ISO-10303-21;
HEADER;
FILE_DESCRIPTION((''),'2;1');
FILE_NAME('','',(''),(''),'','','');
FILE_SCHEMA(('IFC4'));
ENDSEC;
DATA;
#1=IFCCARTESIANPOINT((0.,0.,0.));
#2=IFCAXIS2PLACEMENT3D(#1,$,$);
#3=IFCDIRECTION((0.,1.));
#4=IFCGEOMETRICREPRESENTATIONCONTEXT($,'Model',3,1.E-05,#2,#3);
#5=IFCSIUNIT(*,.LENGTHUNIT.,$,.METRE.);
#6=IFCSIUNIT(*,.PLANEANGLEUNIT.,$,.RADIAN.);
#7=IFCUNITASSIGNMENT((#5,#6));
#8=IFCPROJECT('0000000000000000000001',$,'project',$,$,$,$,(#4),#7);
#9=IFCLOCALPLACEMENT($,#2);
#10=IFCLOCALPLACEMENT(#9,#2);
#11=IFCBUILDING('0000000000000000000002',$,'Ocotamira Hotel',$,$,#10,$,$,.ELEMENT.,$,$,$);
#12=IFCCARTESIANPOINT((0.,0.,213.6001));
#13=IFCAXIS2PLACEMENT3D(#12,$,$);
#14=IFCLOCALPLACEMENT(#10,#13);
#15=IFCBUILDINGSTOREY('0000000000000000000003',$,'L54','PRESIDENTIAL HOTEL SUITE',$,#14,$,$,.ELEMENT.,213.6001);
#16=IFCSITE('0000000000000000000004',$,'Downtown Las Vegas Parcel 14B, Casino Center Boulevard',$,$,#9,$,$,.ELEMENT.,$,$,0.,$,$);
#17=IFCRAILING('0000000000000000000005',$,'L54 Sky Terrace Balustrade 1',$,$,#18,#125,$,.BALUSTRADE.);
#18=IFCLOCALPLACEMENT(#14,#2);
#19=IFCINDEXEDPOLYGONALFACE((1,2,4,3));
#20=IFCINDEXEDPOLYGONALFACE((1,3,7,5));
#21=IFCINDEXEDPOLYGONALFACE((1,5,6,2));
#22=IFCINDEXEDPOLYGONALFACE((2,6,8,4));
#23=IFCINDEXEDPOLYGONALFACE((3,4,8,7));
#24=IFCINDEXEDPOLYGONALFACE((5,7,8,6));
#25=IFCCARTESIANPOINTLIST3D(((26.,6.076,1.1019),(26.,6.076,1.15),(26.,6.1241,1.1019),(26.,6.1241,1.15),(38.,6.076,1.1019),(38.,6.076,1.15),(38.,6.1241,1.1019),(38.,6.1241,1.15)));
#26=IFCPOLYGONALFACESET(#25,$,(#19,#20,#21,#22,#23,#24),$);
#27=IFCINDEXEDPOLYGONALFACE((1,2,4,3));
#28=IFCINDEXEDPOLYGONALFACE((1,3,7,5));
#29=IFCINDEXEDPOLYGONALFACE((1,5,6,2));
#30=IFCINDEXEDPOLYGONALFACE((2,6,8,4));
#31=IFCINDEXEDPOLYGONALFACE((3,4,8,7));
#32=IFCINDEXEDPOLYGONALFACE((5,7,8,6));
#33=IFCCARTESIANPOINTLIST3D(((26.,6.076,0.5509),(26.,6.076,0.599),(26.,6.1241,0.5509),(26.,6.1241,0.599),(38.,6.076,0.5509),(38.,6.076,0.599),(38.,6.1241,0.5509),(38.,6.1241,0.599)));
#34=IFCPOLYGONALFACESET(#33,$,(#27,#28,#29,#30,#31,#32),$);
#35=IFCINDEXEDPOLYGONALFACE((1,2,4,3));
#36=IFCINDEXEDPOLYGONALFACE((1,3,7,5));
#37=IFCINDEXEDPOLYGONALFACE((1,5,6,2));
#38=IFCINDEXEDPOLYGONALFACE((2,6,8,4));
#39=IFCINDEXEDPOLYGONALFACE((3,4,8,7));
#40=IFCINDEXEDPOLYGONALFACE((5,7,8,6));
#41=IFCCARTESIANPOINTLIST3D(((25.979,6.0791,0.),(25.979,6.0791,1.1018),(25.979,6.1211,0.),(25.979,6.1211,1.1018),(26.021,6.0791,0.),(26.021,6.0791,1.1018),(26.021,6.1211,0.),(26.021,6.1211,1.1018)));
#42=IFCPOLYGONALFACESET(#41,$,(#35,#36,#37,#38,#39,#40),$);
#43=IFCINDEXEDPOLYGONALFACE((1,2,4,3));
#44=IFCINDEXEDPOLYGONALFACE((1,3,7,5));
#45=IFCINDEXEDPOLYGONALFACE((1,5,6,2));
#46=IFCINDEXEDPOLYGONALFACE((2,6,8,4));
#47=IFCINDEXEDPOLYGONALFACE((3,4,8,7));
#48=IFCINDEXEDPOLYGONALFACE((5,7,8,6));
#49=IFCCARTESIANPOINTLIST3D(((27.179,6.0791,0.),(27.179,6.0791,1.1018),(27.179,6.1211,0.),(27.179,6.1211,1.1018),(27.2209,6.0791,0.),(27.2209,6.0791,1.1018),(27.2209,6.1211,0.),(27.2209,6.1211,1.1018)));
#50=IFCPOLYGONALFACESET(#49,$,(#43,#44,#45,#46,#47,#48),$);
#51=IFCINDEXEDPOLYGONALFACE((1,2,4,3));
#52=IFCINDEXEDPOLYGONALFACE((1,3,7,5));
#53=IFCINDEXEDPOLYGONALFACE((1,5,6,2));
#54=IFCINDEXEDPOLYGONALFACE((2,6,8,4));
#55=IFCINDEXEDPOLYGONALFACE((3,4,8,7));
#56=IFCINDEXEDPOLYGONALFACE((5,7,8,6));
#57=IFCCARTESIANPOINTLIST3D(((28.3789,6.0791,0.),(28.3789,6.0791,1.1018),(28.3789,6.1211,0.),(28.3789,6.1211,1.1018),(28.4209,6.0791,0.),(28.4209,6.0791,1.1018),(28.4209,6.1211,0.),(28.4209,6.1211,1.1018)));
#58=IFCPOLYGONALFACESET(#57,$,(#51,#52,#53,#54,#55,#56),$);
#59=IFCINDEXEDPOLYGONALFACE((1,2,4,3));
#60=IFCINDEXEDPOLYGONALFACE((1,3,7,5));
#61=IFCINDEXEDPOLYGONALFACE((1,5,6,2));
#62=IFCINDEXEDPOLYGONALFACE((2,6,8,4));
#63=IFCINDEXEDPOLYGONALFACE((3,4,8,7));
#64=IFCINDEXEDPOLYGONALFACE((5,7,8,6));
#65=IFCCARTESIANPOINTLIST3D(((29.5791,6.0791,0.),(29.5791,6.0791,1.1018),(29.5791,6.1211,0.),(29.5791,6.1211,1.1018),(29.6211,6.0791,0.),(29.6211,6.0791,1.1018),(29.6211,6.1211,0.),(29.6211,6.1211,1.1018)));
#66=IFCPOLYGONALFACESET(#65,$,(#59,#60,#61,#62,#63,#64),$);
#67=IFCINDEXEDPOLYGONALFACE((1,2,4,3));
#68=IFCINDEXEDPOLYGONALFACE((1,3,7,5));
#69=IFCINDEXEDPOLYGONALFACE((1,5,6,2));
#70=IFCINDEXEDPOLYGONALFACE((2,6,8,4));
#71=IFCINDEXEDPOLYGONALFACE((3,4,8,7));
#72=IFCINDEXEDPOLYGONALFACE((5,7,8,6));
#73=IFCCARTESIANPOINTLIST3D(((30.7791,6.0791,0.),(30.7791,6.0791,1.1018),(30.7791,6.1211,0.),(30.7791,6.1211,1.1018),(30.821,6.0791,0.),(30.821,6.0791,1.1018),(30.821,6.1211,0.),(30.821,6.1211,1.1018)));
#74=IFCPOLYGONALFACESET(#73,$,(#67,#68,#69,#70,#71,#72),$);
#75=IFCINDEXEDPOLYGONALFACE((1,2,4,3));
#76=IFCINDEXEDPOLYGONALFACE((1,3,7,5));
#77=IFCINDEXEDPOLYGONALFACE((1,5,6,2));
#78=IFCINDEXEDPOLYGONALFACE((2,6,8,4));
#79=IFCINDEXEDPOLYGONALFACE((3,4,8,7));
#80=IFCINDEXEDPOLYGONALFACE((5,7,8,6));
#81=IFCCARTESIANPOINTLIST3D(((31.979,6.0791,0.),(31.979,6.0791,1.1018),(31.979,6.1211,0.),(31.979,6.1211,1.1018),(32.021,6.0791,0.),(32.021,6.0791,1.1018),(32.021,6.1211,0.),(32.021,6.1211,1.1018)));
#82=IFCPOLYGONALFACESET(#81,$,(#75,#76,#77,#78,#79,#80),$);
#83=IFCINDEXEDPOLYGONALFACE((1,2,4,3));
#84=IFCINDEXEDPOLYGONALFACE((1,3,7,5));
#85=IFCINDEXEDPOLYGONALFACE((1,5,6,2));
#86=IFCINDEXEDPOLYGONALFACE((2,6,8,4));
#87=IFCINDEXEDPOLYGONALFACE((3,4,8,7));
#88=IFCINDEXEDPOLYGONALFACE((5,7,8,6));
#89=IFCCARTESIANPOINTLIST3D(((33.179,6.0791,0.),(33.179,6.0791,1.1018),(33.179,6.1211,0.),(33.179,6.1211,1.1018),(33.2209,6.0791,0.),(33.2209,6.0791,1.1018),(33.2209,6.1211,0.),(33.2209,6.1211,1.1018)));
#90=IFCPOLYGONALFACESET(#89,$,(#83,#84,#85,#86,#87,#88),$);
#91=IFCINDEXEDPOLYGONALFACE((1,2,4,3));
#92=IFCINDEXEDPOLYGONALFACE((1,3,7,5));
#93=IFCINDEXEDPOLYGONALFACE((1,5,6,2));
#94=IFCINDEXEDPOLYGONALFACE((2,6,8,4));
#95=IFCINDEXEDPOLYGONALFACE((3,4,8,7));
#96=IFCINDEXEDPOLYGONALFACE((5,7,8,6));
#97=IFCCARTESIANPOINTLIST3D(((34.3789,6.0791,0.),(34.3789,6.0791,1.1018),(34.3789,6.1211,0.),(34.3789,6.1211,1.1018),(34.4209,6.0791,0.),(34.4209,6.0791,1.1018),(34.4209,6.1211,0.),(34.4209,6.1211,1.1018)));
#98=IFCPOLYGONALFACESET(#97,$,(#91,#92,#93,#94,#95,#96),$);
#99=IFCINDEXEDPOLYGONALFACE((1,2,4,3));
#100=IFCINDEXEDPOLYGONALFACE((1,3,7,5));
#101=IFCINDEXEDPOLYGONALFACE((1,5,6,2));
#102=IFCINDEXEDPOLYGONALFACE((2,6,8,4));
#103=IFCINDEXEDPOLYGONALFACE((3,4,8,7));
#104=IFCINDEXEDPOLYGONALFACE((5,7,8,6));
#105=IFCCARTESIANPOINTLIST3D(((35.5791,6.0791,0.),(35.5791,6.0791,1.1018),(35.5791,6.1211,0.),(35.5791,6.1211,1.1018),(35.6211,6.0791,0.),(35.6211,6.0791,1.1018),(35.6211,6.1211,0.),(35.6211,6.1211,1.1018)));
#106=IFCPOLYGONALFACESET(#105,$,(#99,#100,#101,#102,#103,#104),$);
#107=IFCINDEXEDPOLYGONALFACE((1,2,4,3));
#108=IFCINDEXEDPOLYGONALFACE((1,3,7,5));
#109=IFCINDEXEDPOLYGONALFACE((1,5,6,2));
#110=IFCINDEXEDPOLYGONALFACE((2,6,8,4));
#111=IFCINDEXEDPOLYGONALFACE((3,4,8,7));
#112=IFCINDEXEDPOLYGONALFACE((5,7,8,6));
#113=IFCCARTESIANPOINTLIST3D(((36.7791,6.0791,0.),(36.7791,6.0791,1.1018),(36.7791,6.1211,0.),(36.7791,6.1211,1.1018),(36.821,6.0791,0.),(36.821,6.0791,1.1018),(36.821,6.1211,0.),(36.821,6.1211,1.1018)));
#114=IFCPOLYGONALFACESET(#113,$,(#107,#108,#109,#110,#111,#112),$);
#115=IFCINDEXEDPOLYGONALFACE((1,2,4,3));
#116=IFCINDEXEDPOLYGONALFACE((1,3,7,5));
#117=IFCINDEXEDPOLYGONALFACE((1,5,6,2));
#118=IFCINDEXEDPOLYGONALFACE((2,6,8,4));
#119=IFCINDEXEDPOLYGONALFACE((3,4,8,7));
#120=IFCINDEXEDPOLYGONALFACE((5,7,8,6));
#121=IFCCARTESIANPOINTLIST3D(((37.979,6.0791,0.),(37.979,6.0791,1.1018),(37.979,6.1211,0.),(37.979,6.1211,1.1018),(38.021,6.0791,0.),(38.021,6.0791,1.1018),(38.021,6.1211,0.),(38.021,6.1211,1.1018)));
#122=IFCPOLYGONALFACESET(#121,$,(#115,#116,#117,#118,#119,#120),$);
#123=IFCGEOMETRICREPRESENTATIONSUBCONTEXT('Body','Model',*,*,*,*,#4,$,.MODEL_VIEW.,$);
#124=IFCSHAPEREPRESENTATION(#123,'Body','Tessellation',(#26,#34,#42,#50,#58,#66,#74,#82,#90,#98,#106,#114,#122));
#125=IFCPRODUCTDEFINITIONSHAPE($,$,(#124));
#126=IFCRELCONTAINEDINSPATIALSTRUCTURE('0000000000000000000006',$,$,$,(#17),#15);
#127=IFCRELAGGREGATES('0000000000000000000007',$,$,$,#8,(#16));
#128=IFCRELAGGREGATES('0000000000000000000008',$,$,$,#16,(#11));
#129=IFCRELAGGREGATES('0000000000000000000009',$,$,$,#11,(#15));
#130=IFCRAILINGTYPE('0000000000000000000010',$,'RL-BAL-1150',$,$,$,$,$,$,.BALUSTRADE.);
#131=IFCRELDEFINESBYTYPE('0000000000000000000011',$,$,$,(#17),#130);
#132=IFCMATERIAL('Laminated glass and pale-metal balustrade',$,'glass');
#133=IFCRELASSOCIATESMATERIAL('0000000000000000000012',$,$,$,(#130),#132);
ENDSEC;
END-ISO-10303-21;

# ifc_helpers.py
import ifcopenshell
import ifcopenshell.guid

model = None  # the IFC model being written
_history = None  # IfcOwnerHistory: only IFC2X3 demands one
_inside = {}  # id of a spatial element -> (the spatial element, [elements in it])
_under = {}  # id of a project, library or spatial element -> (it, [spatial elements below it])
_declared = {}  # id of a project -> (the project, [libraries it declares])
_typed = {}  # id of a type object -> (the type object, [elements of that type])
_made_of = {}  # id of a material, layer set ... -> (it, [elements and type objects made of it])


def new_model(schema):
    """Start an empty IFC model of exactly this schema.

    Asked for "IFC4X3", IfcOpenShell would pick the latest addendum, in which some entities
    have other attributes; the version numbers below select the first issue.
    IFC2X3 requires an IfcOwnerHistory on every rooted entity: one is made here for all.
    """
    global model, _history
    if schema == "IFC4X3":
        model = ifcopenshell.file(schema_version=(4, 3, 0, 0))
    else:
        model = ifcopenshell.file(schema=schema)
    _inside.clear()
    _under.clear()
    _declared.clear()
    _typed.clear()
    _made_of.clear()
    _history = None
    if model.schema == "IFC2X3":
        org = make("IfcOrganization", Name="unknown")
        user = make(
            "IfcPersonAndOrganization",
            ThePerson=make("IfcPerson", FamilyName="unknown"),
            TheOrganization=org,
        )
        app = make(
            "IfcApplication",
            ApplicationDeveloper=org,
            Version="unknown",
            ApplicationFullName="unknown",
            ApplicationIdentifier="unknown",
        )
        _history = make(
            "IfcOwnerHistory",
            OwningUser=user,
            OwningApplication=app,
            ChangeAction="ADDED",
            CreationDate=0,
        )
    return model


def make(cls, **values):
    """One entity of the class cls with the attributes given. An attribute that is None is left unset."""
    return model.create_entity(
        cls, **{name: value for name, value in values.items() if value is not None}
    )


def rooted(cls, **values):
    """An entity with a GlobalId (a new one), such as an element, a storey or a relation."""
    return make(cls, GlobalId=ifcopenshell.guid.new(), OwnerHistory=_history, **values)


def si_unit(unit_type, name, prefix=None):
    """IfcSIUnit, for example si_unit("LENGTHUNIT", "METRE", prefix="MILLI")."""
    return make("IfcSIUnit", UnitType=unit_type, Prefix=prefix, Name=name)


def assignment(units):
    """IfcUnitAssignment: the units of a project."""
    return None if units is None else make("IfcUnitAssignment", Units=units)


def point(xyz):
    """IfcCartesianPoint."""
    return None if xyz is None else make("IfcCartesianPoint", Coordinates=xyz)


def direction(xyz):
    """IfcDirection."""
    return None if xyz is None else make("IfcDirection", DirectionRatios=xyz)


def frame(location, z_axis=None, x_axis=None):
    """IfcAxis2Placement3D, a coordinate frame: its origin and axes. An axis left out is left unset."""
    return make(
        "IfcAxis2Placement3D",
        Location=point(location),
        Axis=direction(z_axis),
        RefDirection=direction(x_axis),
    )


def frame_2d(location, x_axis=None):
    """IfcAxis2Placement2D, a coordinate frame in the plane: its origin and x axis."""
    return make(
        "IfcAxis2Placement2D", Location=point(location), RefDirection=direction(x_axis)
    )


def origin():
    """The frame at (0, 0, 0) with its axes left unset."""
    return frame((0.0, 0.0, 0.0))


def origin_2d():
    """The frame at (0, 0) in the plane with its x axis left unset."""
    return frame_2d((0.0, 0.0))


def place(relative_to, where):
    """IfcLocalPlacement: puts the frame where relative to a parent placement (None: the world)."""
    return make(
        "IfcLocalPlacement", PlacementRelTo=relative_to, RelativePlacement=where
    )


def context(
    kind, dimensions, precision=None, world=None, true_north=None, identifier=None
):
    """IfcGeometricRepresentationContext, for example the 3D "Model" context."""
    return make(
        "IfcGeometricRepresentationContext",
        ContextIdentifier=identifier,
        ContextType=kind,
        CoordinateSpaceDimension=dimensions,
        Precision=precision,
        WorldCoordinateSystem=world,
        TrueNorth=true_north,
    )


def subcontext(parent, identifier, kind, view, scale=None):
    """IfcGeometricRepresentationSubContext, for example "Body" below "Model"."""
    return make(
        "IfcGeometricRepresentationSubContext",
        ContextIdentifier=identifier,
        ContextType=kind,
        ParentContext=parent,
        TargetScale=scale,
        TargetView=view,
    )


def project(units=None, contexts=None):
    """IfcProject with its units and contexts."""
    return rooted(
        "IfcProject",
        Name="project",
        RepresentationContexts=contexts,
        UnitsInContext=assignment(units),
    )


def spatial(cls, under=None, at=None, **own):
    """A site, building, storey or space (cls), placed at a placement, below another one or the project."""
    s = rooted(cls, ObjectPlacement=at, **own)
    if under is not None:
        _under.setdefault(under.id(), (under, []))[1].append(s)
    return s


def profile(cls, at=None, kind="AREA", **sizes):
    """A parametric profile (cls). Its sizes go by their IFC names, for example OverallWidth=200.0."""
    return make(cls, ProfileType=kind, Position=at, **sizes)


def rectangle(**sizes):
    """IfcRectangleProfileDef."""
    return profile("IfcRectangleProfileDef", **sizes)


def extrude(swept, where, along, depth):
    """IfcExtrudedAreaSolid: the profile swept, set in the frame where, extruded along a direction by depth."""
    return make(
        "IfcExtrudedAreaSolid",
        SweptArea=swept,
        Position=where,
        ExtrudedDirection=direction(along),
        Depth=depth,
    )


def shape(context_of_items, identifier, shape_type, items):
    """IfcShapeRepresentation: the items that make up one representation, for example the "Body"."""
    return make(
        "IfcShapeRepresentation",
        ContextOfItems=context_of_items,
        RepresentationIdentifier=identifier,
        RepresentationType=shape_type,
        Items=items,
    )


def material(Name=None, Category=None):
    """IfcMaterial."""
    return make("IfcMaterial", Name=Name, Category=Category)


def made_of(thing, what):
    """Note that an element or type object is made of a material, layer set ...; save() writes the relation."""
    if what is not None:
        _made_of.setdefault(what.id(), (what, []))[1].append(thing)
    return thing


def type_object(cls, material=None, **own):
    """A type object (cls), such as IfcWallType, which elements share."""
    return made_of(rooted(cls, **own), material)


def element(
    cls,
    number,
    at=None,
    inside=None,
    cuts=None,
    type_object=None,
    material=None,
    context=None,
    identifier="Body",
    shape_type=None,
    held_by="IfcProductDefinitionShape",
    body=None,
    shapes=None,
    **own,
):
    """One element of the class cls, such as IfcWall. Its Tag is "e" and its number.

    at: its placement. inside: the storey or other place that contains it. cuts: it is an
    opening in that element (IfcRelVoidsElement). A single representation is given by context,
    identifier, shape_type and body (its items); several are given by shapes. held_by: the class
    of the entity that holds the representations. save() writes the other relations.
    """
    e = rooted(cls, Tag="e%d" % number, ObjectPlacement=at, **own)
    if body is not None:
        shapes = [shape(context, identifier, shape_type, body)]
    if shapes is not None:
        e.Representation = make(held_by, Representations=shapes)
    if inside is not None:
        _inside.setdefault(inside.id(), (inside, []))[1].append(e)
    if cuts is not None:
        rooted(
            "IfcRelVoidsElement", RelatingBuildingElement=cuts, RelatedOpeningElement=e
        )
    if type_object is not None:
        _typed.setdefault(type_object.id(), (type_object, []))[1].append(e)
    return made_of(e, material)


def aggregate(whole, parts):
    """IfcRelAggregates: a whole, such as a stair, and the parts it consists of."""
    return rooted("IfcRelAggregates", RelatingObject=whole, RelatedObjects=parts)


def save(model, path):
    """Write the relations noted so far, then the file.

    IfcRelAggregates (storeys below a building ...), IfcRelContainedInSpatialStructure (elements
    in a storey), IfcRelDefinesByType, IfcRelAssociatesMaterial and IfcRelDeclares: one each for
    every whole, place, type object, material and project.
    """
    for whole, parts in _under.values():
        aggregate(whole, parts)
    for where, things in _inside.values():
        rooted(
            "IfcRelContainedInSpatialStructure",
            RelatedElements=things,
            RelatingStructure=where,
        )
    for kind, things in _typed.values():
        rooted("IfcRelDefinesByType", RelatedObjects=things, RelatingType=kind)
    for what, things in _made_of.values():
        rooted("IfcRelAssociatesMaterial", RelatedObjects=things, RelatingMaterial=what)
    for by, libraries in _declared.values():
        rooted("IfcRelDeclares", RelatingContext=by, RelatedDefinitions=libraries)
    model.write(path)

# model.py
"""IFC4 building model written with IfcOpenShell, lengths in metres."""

from ifc_helpers import new_model, si_unit, direction, frame, origin, origin_2d, place, context, subcontext, project, spatial, rectangle, extrude, material, type_object, element, save


model = new_model("IFC4")

# Units and contexts
model_context = context("Model", 3, precision=1e-05, world=origin(), true_north=direction((0.0, 1.0)))
body_context = subcontext(model_context, "Body", "Model", "MODEL_VIEW")
ifc_project = project(units=[si_unit("LENGTHUNIT", "METRE"), si_unit("PLANEANGLEUNIT", "RADIAN")], contexts=[model_context])

# Site, building, storey
site_placement = place(None, origin())
site = spatial("IfcSite", under=ifc_project, at=site_placement, Name="Downtown Las Vegas Parcel 14B, Casino Center Boulevard", CompositionType="ELEMENT", RefElevation=0.0)
building_placement = place(site_placement, origin())
building = spatial("IfcBuilding", under=site, at=building_placement, Name="Ocotamira Hotel", CompositionType="ELEMENT")
storey_placement = place(building_placement, frame((0.0, 0.0, 213.6001)))
storey = spatial("IfcBuildingStorey", under=building, at=storey_placement, Name="L54", Description="PRESIDENTIAL HOTEL SUITE", CompositionType="ELEMENT", Elevation=213.6001)

# Railing
ifc_material_1 = material(Name="Laminated glass and pale-metal balustrade", Category="glass")
railing_type = type_object("IfcRailingType", Name="RL-BAL-1150", PredefinedType="BALUSTRADE", material=ifc_material_1)
railing_placement = place(storey_placement, frame((26.0, 6.1001, 0.0)))
element("IfcRailing", 1, at=railing_placement, inside=storey, type_object=railing_type, Name="L54 Sky Terrace Balustrade 1", PredefinedType="BALUSTRADE", context=body_context, shape_type="SweptSolid", body=[
    extrude(rectangle(XDim=0.0481, YDim=0.0481, at=origin_2d()), frame((0.0, 0.0, 1.126), z_axis=(1.0, 0.0, 0.0), x_axis=(0.0, 1.0, 0.0)), (0.0, 0.0, 1.0), 12.0),
    extrude(rectangle(XDim=0.0481, YDim=0.0481, at=origin_2d()), frame((0.0, 0.0, 0.575), z_axis=(1.0, 0.0, 0.0), x_axis=(0.0, 1.0, 0.0)), (0.0, 0.0, 1.0), 12.0),
    extrude(rectangle(XDim=0.042, YDim=0.042, at=origin_2d()), origin(), (0.0, 0.0, 1.0), 1.1018),
    extrude(rectangle(XDim=0.042, YDim=0.042, at=origin_2d()), frame((1.2, 0.0, 0.0)), (0.0, 0.0, 1.0), 1.1018),
    extrude(rectangle(XDim=0.042, YDim=0.042, at=origin_2d()), frame((2.3999, 0.0, 0.0)), (0.0, 0.0, 1.0), 1.1018),
    extrude(rectangle(XDim=0.042, YDim=0.042, at=origin_2d()), frame((3.6001, 0.0, 0.0)), (0.0, 0.0, 1.0), 1.1018),
    extrude(rectangle(XDim=0.042, YDim=0.042, at=origin_2d()), frame((4.8, 0.0, 0.0)), (0.0, 0.0, 1.0), 1.1018),
    extrude(rectangle(XDim=0.042, YDim=0.042, at=origin_2d()), frame((6.0, 0.0, 0.0)), (0.0, 0.0, 1.0), 1.1018),
    extrude(rectangle(XDim=0.042, YDim=0.042, at=origin_2d()), frame((7.2, 0.0, 0.0)), (0.0, 0.0, 1.0), 1.1018),
    extrude(rectangle(XDim=0.042, YDim=0.042, at=origin_2d()), frame((8.3999, 0.0, 0.0)), (0.0, 0.0, 1.0), 1.1018),
    extrude(rectangle(XDim=0.042, YDim=0.042, at=origin_2d()), frame((9.6001, 0.0, 0.0)), (0.0, 0.0, 1.0), 1.1018),
    extrude(rectangle(XDim=0.042, YDim=0.042, at=origin_2d()), frame((10.8, 0.0, 0.0)), (0.0, 0.0, 1.0), 1.1018),
    extrude(rectangle(XDim=0.042, YDim=0.042, at=origin_2d()), frame((12.0, 0.0, 0.0)), (0.0, 0.0, 1.0), 1.1018),
])

save(model, "model.ifc")
